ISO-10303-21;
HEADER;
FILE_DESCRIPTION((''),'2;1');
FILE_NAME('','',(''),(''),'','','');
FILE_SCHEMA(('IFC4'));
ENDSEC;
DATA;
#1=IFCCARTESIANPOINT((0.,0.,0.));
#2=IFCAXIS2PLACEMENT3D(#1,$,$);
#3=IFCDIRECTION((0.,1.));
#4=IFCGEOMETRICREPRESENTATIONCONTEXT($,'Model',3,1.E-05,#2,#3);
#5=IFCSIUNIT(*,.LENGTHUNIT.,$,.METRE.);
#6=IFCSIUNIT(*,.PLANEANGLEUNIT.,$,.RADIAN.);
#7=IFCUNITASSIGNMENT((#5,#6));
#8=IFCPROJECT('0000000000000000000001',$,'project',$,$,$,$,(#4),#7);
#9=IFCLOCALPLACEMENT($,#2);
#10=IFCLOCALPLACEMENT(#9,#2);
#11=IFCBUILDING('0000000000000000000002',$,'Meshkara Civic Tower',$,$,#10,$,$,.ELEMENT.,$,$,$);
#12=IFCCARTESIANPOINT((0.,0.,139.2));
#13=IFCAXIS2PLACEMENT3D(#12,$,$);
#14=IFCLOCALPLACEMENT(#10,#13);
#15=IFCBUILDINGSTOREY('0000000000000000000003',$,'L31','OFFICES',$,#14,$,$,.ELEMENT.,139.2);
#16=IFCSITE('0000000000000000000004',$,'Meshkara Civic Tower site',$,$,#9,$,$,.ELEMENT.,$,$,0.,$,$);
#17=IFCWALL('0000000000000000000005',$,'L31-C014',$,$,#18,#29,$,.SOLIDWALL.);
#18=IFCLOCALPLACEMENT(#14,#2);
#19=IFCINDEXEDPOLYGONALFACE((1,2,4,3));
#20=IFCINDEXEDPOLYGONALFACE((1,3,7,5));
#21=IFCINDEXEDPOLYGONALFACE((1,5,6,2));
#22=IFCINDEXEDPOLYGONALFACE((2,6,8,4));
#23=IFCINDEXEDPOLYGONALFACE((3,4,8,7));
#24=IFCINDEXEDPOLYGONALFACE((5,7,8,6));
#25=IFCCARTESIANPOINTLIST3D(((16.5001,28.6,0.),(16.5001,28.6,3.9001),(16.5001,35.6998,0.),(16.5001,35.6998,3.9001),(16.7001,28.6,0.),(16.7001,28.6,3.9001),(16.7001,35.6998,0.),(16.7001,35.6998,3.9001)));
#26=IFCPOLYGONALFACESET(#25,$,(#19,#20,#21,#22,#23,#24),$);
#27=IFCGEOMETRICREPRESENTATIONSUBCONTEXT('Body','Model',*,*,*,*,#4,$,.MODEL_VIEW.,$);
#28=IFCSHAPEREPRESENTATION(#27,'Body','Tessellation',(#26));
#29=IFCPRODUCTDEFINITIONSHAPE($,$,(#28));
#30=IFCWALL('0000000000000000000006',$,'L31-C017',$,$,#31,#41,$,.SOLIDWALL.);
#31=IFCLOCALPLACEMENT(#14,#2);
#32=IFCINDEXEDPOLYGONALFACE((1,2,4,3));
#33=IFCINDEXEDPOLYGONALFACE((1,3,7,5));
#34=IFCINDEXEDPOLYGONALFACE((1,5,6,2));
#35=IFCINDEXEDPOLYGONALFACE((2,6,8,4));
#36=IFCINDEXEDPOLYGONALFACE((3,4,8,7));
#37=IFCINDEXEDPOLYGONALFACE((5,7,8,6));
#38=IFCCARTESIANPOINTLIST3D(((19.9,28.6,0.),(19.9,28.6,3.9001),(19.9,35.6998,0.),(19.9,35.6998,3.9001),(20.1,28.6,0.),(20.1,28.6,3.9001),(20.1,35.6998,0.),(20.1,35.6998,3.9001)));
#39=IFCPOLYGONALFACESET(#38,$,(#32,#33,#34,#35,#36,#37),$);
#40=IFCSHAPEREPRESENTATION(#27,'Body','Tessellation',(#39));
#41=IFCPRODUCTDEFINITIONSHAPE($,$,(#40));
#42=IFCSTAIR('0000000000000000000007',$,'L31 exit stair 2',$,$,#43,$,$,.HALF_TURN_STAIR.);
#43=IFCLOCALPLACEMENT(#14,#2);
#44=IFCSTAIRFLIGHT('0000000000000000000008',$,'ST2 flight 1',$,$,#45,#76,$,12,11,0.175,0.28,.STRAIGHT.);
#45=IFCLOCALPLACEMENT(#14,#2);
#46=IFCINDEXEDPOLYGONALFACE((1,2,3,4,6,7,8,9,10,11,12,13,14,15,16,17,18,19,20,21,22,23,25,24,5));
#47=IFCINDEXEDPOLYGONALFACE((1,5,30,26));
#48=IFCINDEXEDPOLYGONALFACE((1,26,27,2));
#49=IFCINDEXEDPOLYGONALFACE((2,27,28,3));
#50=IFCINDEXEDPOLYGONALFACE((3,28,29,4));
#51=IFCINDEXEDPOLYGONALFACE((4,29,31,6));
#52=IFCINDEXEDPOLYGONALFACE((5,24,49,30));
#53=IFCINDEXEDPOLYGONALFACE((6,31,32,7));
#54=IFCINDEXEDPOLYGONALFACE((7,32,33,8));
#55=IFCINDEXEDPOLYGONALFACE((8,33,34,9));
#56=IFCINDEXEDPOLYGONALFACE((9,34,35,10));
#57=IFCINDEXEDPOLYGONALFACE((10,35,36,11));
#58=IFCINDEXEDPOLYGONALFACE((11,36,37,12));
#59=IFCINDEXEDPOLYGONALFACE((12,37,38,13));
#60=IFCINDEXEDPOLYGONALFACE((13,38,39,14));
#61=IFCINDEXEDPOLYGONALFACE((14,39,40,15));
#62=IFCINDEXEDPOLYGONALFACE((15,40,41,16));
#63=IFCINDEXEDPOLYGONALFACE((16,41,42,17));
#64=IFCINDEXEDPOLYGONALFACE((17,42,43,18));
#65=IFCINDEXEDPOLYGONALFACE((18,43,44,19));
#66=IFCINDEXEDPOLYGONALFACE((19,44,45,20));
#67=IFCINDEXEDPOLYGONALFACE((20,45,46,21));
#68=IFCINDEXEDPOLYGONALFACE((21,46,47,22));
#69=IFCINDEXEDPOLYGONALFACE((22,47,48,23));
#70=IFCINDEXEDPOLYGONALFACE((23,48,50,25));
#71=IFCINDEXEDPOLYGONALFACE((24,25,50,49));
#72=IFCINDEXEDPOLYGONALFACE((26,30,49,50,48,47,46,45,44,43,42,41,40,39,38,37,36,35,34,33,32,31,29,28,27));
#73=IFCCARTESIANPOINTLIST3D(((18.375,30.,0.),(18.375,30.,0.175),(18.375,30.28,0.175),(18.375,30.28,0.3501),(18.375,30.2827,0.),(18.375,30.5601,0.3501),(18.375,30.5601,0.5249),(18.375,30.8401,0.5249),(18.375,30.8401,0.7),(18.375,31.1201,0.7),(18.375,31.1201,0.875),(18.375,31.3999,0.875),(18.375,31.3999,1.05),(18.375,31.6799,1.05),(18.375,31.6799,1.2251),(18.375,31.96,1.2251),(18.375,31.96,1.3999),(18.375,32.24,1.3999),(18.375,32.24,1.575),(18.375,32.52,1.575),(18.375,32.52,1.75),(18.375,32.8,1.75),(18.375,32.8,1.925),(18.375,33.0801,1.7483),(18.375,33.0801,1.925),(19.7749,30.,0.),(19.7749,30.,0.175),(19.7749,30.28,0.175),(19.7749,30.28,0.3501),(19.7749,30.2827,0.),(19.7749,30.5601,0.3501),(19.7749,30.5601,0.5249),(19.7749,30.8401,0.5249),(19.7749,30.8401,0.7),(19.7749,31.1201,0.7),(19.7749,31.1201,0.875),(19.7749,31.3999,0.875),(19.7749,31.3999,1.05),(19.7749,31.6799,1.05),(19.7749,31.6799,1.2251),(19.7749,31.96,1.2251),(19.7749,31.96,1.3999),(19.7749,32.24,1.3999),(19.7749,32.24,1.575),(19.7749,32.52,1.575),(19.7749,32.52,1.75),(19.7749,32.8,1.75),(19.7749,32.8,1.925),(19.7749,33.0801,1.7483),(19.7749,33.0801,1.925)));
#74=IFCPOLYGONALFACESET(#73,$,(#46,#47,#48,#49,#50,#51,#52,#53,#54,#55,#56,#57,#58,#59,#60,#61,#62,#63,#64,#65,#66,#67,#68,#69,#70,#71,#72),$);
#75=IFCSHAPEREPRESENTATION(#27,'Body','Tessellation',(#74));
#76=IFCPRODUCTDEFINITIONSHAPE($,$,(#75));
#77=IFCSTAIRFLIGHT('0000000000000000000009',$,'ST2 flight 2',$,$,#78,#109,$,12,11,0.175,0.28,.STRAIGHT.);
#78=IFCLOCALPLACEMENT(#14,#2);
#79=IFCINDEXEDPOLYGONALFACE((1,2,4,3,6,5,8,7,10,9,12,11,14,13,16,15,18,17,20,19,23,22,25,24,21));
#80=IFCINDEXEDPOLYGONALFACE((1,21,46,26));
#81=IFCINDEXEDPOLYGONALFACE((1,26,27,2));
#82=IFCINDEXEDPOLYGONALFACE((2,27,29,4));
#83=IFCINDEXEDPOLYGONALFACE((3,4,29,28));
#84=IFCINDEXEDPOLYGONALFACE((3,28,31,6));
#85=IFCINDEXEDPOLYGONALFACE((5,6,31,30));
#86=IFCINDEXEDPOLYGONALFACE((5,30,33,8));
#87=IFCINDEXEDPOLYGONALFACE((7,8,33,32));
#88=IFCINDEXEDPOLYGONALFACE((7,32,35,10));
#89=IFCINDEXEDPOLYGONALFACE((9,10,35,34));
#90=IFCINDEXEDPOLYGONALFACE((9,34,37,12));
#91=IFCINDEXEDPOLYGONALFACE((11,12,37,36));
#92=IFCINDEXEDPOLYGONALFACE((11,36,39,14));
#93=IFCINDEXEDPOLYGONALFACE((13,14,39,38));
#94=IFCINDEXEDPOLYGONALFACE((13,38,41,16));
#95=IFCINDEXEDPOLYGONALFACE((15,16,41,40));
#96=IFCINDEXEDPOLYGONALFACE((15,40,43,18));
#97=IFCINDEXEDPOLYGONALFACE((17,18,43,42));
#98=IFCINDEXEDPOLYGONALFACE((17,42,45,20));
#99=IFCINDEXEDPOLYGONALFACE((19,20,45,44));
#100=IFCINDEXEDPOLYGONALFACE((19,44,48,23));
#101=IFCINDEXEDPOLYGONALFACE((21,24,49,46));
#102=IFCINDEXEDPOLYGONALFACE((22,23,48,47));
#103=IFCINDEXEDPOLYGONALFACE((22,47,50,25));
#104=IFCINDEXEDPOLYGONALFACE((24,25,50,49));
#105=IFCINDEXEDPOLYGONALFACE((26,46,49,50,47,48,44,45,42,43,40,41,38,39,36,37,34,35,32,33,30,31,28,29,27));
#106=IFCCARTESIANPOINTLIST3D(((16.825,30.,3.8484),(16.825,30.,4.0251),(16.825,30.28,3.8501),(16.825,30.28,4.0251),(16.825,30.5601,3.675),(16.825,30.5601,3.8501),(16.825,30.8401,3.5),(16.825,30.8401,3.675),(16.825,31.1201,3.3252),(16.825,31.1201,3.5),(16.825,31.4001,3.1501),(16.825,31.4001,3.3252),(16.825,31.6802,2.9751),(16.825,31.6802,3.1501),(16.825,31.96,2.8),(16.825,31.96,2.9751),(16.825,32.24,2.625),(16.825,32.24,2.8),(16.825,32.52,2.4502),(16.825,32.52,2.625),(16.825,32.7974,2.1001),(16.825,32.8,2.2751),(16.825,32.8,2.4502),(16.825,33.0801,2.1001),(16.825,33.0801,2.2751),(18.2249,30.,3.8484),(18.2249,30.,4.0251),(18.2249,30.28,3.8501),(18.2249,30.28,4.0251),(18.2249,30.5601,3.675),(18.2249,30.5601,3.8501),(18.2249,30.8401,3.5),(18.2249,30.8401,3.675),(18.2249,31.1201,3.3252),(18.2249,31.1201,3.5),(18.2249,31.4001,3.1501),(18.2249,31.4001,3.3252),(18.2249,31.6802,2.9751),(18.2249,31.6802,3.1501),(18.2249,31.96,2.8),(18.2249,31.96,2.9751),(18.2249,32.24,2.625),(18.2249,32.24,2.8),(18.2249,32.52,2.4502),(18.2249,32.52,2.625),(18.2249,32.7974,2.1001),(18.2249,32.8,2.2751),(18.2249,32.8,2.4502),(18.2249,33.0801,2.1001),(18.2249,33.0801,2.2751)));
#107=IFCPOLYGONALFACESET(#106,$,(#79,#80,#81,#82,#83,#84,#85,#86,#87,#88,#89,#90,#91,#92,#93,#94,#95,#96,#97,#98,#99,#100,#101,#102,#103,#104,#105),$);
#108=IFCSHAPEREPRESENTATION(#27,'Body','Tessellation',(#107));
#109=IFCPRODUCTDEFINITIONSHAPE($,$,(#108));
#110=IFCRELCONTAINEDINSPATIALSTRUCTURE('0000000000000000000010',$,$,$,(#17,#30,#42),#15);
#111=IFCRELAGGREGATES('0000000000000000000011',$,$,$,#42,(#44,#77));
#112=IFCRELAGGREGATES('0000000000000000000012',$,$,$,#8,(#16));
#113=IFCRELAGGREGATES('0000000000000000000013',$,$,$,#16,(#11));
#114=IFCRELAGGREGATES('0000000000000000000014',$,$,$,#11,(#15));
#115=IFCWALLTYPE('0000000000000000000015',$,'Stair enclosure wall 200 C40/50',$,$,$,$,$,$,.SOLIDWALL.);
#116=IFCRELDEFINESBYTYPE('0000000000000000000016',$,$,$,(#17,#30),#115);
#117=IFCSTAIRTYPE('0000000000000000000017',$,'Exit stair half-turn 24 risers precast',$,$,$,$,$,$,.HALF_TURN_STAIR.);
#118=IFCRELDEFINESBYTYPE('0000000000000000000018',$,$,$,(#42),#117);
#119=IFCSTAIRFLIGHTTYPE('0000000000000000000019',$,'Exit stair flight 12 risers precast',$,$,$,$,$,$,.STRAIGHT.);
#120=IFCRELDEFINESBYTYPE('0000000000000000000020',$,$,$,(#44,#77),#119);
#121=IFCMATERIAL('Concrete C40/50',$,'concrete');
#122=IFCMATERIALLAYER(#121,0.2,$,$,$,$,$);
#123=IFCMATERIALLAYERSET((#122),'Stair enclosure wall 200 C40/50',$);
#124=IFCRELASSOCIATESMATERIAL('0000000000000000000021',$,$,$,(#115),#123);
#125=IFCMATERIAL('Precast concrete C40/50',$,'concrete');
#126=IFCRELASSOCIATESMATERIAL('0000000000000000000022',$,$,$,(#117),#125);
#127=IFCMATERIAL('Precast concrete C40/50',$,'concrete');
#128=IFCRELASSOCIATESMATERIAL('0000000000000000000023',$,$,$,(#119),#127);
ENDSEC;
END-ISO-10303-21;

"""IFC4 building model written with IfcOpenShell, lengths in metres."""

from ifc_helpers import new_model, si_unit, direction, frame, frame_2d, origin, place, context, subcontext, project, spatial, polyline, rectangle, outline, extrude, material, layer, layer_set, type_object, element, aggregate, save


model = new_model("IFC4")

# Units and contexts
model_context = context("Model", 3, precision=1e-05, world=origin(), true_north=direction((0.0, 1.0)))
body_context = subcontext(model_context, "Body", "Model", "MODEL_VIEW")
ifc_project = project(units=[si_unit("LENGTHUNIT", "METRE"), si_unit("PLANEANGLEUNIT", "RADIAN")], contexts=[model_context])

# Site, building, storey
site_placement = place(None, origin())
site = spatial("IfcSite", under=ifc_project, at=site_placement, Name="Meshkara Civic Tower site", CompositionType="ELEMENT", RefElevation=0.0)
building_placement = place(site_placement, origin())
building = spatial("IfcBuilding", under=site, at=building_placement, Name="Meshkara Civic Tower", CompositionType="ELEMENT")
storey_placement = place(building_placement, frame((0.0, 0.0, 139.2)))
storey = spatial("IfcBuildingStorey", under=building, at=storey_placement, Name="L31", Description="OFFICES", CompositionType="ELEMENT", Elevation=139.2)

# Walls
ifc_material_1 = material(Name="Concrete C40/50", Category="concrete")
ifc_layer_1 = layer(ifc_material_1, 0.2)
ifc_layer_set_1 = layer_set([ifc_layer_1], Name="Stair enclosure wall 200 C40/50")
wall_type_1 = type_object("IfcWallType", Name="Stair enclosure wall 200 C40/50", PredefinedType="SOLIDWALL", material=ifc_layer_set_1)
for number, where, z_axis, x_axis, name in (
    (1, (16.6001, 28.6001, 0.0), (0.0, 0.0, 1.0), (0.0, 1.0, 0.0), "L31-C014"),
    (2, (20.0, 28.6001, 0.0), (0.0, 0.0, 1.0), (0.0, 1.0, 0.0), "L31-C017"),
):
    element("IfcWall", number, at=place(storey_placement, frame(where, z_axis=z_axis, x_axis=x_axis)), inside=storey, type_object=wall_type_1, Name=name, PredefinedType="SOLIDWALL", context=body_context, shape_type="SweptSolid", body=[
        extrude(rectangle(XDim=7.0999, YDim=0.2, at=frame_2d((3.5498, 0.0))), origin(), (0.0, 0.0, 1.0), 3.9001),
    ])

# Stair, stair flights
ifc_material_2 = material(Name="Precast concrete C40/50", Category="concrete")
stair_type = type_object("IfcStairType", Name="Exit stair half-turn 24 risers precast", PredefinedType="HALF_TURN_STAIR", material=ifc_material_2)
stair_placement = place(storey_placement, origin())
stair = element("IfcStair", 3, at=stair_placement, inside=storey, type_object=stair_type, Name="L31 exit stair 2", PredefinedType="HALF_TURN_STAIR")
ifc_material_3 = material(Name="Precast concrete C40/50", Category="concrete")
stair_flight_type = type_object("IfcStairFlightType", Name="Exit stair flight 12 risers precast", PredefinedType="STRAIGHT", material=ifc_material_3)
stair_flight_1_placement = place(storey_placement, frame((19.075, 30.0, 0.0), z_axis=(0.0, 0.0, 1.0), x_axis=(0.0, 1.0, 0.0)))
stair_flight_1 = element("IfcStairFlight", 4, at=stair_flight_1_placement, type_object=stair_flight_type, Name="ST2 flight 1", NumberOfRisers=12, NumberOfTreads=11, PredefinedType="STRAIGHT", RiserHeight=0.175, TreadLength=0.28, context=body_context, shape_type="SweptSolid", body=[
    extrude(outline(polyline([(0.0, 0.0), (0.0, 0.175), (0.28, 0.175), (0.28, 0.3501), (0.5601, 0.3501), (0.5601, 0.5249), (0.8401, 0.5249), (0.8401, 0.7), (1.1201, 0.7), (1.1201, 0.875), (1.3999, 0.875), (1.3999, 1.05), (1.6799, 1.05), (1.6799, 1.2251), (1.96, 1.2251), (1.96, 1.3999), (2.24, 1.3999), (2.24, 1.575), (2.52, 1.575), (2.52, 1.75), (2.8, 1.75), (2.8, 1.925), (3.0801, 1.925), (3.0801, 2.1001), (3.0801, 1.7483), (0.2827, 0.0), (0.0, 0.0)])), frame((0.0, 0.7, 0.0), z_axis=(0.0, -1.0, 0.0), x_axis=(1.0, 0.0, 0.0)), (0.0, 0.0, 1.0), 1.3999),
])
stair_flight_2_placement = place(storey_placement, frame((17.5249, 33.0801, 2.1001), z_axis=(0.0, 0.0, 1.0), x_axis=(0.0, -1.0, 0.0)))
stair_flight_2 = element("IfcStairFlight", 5, at=stair_flight_2_placement, type_object=stair_flight_type, Name="ST2 flight 2", NumberOfRisers=12, NumberOfTreads=11, PredefinedType="STRAIGHT", RiserHeight=0.175, TreadLength=0.28, context=body_context, shape_type="SweptSolid", body=[
    extrude(outline(polyline([(0.0, 0.0), (0.0, 0.175), (0.28, 0.175), (0.28, 0.3501), (0.5601, 0.3501), (0.5601, 0.5249), (0.8401, 0.5249), (0.8401, 0.7), (1.1201, 0.7), (1.1201, 0.875), (1.3999, 0.875), (1.3999, 1.05), (1.6799, 1.05), (1.6799, 1.2251), (1.96, 1.2251), (1.96, 1.3999), (2.24, 1.3999), (2.24, 1.575), (2.52, 1.575), (2.52, 1.75), (2.8, 1.75), (2.8, 1.925), (3.0801, 1.925), (3.0801, 2.1001), (3.0801, 1.7483), (0.2827, 0.0), (0.0, 0.0)])), frame((0.0, 0.7, 0.0), z_axis=(0.0, -1.0, 0.0), x_axis=(1.0, 0.0, 0.0)), (0.0, 0.0, 1.0), 1.3999),
])
aggregate(stair, [stair_flight_1, stair_flight_2])

save(model, "model.ifc")
